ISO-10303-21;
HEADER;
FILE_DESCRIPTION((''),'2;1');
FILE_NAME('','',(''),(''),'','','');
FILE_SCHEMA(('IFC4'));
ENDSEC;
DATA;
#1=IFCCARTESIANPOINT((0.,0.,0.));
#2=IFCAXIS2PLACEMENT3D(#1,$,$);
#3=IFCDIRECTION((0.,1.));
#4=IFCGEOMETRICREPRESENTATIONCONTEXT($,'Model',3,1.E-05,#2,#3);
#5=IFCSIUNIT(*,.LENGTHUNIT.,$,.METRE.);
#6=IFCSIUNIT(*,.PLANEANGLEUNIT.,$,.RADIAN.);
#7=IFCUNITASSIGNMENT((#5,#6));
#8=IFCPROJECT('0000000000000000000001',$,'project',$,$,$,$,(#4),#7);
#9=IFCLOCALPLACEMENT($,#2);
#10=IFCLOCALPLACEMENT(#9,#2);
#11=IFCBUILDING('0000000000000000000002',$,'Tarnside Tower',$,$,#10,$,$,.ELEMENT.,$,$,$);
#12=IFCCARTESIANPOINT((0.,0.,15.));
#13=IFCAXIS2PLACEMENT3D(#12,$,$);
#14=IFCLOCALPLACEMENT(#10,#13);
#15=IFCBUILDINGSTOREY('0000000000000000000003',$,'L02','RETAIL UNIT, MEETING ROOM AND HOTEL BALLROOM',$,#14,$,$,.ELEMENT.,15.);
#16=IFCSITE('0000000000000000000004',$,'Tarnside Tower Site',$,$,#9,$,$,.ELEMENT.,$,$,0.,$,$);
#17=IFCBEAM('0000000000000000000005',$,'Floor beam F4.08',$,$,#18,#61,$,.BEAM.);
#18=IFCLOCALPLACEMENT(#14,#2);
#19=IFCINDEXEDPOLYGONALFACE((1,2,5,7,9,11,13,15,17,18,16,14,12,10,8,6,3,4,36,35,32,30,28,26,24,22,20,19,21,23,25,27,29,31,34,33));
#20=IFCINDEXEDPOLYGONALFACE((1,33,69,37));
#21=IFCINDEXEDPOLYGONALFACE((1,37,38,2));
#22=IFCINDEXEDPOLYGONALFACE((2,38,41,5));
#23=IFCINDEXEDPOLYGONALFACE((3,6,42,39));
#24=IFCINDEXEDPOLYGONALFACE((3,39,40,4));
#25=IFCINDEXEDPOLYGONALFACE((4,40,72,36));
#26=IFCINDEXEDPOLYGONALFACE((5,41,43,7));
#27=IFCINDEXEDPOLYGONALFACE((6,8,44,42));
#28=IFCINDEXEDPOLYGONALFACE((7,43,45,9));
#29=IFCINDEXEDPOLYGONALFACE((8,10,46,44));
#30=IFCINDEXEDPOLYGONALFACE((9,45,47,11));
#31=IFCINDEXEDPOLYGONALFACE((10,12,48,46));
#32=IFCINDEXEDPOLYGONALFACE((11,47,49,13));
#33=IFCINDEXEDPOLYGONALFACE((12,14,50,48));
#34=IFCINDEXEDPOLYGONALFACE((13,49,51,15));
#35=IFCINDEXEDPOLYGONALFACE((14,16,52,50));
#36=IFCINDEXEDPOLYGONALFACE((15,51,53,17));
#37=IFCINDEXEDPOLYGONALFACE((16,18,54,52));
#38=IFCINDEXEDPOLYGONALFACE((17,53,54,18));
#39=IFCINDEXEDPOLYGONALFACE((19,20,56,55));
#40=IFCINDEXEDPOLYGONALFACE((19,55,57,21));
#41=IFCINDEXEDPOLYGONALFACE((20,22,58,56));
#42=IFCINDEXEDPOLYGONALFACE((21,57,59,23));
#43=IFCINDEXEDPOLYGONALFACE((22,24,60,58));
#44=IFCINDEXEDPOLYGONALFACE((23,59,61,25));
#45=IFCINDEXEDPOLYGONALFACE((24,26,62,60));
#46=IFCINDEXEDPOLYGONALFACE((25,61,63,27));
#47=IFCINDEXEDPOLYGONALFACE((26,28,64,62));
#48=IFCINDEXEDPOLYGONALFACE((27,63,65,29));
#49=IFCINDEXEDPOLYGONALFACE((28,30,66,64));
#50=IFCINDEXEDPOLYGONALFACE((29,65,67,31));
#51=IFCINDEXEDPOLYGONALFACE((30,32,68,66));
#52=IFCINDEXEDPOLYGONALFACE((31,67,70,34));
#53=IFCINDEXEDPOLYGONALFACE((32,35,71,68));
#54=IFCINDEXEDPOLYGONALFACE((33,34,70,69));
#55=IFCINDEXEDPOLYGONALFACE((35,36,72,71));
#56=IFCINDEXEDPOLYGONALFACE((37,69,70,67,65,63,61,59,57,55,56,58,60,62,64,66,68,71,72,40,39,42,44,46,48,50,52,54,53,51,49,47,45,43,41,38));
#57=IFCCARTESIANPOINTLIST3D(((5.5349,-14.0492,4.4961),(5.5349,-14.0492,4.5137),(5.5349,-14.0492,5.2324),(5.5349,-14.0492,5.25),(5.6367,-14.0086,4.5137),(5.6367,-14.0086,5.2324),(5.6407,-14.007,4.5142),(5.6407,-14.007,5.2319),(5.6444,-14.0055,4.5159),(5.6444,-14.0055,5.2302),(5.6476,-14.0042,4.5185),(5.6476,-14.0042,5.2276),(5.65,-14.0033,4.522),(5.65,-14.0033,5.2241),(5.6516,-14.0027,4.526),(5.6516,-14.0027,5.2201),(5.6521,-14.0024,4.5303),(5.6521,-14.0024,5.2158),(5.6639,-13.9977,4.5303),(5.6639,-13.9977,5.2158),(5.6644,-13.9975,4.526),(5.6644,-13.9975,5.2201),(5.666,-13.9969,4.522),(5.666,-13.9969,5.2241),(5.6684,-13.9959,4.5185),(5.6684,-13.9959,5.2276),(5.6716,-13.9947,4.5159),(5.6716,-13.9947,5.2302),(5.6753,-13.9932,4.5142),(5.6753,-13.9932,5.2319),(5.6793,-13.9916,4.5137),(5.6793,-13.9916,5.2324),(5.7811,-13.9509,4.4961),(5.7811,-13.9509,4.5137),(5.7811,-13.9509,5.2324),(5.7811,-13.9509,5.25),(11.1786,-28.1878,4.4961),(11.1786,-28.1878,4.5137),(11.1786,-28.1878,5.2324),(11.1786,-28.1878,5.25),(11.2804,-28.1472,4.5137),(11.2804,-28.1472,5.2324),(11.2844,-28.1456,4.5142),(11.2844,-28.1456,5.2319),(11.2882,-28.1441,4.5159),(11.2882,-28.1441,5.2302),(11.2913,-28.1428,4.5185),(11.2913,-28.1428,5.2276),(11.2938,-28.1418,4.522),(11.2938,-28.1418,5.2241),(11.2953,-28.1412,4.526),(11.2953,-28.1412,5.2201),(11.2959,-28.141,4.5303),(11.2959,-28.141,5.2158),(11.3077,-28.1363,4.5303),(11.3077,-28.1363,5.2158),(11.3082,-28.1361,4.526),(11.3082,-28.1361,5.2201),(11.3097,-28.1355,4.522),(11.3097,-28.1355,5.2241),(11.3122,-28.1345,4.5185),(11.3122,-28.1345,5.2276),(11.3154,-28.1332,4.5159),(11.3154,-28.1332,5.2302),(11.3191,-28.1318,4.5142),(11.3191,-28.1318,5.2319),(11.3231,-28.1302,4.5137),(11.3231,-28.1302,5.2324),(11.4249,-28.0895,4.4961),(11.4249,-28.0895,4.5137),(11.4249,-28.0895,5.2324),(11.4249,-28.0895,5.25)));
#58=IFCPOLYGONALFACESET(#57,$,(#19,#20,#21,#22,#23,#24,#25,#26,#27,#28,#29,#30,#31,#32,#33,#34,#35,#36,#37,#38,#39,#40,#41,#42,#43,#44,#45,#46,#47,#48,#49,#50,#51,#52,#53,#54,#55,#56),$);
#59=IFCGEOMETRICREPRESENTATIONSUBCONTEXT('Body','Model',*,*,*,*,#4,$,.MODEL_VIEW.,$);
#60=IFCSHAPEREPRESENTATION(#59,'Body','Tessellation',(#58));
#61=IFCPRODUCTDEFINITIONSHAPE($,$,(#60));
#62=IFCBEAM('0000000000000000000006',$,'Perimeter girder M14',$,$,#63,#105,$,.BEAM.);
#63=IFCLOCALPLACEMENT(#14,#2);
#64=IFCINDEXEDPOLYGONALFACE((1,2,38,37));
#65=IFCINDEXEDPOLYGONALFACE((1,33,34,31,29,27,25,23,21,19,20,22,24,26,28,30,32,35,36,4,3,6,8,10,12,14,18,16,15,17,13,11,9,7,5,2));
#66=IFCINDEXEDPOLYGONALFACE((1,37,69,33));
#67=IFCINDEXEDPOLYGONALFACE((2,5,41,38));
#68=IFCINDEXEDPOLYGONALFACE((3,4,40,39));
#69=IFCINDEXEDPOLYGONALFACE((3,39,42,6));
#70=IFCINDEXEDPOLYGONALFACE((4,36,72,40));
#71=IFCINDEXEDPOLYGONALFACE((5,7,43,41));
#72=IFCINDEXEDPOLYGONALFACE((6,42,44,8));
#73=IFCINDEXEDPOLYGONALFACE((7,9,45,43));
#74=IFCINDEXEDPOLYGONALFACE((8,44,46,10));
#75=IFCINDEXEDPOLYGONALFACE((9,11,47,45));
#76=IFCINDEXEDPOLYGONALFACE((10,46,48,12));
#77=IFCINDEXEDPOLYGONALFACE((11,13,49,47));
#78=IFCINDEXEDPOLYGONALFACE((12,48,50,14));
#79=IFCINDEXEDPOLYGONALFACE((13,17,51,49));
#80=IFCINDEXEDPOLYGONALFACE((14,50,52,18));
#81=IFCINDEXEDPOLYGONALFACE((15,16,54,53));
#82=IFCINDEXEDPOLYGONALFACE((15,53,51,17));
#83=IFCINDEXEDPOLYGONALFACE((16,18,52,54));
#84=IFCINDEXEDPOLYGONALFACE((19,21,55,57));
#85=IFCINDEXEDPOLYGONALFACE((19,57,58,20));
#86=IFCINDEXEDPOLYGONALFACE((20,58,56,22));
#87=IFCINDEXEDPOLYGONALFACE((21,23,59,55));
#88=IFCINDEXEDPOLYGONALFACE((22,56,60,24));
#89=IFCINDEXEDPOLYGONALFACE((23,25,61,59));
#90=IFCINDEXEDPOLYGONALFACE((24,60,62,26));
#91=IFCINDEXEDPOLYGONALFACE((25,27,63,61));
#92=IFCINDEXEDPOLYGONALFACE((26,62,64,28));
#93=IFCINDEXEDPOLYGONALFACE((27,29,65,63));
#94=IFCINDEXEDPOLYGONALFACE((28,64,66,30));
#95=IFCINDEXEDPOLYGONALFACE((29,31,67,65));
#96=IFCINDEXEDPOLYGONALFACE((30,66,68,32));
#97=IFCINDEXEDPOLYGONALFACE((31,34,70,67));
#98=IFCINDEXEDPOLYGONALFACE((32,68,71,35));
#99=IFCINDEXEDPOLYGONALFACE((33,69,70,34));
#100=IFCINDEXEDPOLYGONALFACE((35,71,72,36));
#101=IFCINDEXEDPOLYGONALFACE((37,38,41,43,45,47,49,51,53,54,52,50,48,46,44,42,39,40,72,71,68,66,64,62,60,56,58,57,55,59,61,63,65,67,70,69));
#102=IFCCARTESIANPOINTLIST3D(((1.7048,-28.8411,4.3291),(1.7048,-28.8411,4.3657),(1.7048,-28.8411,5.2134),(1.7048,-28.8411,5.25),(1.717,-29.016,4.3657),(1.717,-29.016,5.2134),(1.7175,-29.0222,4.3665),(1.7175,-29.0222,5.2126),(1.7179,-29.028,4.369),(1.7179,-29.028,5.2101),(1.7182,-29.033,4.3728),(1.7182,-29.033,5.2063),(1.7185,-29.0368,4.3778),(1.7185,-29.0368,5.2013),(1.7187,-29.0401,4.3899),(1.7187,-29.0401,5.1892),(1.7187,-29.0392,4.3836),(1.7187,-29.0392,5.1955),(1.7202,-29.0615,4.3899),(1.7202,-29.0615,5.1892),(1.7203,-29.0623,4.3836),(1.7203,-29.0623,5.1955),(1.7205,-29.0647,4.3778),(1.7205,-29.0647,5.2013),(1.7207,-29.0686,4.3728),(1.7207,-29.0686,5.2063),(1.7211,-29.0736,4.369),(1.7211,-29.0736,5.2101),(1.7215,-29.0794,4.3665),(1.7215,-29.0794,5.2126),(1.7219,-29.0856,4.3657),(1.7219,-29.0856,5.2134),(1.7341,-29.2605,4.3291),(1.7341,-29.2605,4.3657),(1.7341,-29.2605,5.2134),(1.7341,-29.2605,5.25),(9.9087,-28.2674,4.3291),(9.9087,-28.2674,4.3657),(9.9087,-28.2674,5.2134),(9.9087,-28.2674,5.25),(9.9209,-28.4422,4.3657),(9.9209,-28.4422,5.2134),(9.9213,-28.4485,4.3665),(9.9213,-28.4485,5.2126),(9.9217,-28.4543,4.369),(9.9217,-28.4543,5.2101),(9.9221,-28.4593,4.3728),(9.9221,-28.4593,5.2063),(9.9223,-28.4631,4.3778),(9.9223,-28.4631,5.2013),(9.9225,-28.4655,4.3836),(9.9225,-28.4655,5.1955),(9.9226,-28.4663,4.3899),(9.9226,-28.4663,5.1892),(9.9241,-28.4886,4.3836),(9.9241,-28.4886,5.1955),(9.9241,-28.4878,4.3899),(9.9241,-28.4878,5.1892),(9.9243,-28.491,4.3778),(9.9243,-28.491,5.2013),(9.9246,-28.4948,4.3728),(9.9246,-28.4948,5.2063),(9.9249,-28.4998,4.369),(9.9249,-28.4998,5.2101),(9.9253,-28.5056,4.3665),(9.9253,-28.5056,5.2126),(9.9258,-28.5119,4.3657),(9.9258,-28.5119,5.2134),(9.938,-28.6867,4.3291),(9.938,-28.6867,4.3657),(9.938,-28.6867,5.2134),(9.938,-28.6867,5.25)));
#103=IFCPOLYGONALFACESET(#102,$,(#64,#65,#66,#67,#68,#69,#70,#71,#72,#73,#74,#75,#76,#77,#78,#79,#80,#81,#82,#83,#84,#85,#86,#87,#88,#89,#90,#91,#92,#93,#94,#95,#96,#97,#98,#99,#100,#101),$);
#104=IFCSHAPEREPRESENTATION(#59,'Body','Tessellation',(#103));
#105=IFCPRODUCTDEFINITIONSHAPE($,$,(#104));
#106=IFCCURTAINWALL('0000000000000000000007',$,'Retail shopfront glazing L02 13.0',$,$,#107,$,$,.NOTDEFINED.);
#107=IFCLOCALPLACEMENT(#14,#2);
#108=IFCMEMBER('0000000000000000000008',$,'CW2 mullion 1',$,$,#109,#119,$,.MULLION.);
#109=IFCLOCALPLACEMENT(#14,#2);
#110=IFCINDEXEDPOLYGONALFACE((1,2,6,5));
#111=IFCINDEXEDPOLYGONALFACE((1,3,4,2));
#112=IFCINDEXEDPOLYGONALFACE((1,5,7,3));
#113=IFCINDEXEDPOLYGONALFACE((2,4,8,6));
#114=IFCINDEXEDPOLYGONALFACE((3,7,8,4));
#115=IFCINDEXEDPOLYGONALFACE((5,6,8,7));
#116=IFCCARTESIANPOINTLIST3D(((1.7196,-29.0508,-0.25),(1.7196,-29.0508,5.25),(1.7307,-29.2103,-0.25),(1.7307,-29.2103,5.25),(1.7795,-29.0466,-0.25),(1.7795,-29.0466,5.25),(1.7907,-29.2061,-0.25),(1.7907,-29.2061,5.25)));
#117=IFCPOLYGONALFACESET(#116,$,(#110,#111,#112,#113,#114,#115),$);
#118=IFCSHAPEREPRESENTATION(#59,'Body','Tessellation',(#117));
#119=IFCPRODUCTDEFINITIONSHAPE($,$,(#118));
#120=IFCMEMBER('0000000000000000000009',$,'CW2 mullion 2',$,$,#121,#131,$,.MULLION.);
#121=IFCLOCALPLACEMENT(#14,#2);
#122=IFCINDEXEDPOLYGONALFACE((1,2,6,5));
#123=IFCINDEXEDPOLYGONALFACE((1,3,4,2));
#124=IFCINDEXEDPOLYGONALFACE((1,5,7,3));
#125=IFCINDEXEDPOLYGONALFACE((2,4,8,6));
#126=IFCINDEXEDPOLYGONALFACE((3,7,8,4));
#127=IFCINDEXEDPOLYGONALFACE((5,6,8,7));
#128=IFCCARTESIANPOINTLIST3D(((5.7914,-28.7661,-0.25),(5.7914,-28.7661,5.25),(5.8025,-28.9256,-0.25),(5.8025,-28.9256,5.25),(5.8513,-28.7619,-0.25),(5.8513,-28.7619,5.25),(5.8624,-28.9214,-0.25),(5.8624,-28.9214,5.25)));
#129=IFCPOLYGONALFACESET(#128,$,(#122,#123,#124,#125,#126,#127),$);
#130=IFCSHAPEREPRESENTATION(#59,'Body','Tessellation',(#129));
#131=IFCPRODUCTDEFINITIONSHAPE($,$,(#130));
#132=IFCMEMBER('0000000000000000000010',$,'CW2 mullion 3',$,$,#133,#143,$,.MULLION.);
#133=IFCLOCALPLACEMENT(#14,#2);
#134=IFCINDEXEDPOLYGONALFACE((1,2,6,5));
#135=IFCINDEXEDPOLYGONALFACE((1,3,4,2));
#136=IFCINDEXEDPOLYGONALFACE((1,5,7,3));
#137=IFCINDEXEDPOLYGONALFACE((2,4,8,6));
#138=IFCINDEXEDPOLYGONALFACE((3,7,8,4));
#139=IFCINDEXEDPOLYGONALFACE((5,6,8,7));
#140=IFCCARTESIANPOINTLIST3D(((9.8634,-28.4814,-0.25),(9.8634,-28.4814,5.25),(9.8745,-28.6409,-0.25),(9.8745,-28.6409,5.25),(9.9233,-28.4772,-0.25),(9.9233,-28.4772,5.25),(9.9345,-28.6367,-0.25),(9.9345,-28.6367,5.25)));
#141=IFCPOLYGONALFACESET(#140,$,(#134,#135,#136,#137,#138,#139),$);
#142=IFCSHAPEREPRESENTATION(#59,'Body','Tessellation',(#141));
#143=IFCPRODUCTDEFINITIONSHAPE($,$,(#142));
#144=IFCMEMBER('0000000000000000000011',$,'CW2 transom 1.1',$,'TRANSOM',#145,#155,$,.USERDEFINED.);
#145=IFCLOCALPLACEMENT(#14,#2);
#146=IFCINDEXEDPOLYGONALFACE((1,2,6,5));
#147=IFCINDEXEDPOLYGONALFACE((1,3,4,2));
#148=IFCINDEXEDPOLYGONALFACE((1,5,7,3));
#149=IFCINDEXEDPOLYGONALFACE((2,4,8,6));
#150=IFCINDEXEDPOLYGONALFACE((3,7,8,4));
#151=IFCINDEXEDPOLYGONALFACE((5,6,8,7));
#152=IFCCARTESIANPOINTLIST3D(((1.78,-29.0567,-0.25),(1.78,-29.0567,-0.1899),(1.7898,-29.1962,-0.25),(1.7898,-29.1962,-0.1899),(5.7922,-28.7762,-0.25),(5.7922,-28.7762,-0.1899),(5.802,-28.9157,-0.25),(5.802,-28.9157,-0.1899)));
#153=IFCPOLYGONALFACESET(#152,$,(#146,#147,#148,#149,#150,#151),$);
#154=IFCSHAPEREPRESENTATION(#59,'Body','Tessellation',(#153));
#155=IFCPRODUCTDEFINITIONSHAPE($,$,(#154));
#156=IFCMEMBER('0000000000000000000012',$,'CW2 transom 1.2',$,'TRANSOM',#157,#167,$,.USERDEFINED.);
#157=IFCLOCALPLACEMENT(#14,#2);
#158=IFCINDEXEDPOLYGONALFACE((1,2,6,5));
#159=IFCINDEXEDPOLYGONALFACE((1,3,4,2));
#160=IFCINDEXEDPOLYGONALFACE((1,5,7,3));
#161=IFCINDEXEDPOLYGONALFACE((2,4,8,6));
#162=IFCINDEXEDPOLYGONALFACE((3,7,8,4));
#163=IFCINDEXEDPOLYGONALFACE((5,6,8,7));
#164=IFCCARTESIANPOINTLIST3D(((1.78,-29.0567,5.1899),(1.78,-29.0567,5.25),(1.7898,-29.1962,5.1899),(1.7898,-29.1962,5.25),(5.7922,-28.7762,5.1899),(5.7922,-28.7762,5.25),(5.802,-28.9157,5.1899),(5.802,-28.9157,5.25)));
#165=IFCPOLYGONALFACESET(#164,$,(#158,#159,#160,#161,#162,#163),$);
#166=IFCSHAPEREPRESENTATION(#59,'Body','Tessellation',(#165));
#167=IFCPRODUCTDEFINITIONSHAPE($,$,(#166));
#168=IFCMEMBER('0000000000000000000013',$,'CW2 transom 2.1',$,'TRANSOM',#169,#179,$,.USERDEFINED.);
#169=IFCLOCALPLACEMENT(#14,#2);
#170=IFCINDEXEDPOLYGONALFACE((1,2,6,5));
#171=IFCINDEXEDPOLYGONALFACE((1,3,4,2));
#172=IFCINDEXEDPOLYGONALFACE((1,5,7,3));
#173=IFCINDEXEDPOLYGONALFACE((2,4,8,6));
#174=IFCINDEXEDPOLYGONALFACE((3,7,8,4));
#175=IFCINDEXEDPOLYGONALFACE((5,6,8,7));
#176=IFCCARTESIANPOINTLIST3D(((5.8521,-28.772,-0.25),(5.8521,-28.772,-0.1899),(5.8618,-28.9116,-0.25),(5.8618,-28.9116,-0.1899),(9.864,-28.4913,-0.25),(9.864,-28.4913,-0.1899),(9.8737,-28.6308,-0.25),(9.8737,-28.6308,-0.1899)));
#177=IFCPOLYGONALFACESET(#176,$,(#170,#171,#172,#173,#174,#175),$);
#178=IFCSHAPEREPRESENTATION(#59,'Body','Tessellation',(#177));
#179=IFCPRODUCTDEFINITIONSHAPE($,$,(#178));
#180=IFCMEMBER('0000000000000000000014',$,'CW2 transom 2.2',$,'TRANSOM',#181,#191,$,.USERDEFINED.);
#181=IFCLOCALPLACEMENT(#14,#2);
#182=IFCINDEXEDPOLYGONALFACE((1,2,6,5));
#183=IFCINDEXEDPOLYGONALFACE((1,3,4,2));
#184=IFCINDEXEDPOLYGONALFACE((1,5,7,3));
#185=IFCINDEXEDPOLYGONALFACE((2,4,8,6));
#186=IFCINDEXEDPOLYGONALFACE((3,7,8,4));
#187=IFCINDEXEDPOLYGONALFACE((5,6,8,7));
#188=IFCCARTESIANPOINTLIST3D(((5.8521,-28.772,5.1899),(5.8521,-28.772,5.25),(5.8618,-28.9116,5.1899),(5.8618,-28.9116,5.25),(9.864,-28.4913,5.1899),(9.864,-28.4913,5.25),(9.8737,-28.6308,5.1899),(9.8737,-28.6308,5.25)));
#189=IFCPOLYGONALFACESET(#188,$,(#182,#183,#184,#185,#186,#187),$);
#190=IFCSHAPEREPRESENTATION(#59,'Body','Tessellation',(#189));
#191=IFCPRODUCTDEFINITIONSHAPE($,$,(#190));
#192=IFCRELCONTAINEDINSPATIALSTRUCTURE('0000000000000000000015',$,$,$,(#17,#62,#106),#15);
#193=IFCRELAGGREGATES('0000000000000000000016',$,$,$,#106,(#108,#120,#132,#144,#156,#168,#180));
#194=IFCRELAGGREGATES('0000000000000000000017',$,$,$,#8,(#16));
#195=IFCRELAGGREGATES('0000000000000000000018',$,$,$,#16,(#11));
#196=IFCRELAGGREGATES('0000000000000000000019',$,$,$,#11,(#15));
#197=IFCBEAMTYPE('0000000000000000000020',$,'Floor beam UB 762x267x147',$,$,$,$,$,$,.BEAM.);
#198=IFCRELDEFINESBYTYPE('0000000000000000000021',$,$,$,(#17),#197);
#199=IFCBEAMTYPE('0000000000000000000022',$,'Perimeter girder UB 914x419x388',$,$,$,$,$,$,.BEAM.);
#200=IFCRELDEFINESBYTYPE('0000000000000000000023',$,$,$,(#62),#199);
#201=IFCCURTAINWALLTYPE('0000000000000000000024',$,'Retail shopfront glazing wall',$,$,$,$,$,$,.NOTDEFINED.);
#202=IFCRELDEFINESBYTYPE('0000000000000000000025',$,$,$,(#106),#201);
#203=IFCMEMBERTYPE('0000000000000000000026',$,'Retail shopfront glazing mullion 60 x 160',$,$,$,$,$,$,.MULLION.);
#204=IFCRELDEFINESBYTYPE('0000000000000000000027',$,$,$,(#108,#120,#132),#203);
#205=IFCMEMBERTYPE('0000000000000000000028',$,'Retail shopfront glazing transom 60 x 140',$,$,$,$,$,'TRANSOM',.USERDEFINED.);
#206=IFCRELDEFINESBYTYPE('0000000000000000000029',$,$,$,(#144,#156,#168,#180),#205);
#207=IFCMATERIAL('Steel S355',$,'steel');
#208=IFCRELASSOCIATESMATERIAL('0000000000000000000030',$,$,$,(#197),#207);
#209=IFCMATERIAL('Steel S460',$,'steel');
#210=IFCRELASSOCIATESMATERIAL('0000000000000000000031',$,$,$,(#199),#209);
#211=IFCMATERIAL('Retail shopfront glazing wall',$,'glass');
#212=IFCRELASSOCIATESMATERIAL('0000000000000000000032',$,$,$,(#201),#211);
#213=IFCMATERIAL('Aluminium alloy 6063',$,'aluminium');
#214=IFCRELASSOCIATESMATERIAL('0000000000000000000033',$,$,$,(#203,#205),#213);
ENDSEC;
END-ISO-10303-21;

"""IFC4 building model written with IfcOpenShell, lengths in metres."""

from ifc_helpers import new_model, si_unit, direction, frame, origin, origin_2d, place, context, subcontext, project, spatial, rectangle, i_section, extrude, material, material_profile, profile_set, type_object, element, aggregate, save


model = new_model("IFC4")

# Units and contexts
model_context = context("Model", 3, precision=1e-05, world=origin(), true_north=direction((0.0, 1.0)))
body_context = subcontext(model_context, "Body", "Model", "MODEL_VIEW")
ifc_project = project(units=[si_unit("LENGTHUNIT", "METRE"), si_unit("PLANEANGLEUNIT", "RADIAN")], contexts=[model_context])

# Site, building, storey
site_placement = place(None, origin())
site = spatial("IfcSite", under=ifc_project, at=site_placement, Name="Tarnside Tower Site", CompositionType="ELEMENT", RefElevation=0.0)
building_placement = place(site_placement, origin())
building = spatial("IfcBuilding", under=site, at=building_placement, Name="Tarnside Tower", CompositionType="ELEMENT")
storey_placement = place(building_placement, frame((0.0, 0.0, 15.0)))
storey = spatial("IfcBuildingStorey", under=building, at=storey_placement, Name="L02", Description="RETAIL UNIT, MEETING ROOM AND HOTEL BALLROOM", CompositionType="ELEMENT", Elevation=15.0)

# Beams
ifc_material_1 = material(Name="Steel S355", Category="steel")
ifc_material_profile_1 = material_profile(ifc_material_1, i_section(OverallWidth=0.2651, OverallDepth=0.7539, WebThickness=0.0127, FlangeThickness=0.0176, FilletRadius=0.0166, at=origin_2d()), Name="UB 762x267x147")
ifc_profile_set_1 = profile_set([ifc_material_profile_1], Name="Steel S355")
beam_type_1 = type_object("IfcBeamType", Name="Floor beam UB 762x267x147", PredefinedType="BEAM", material=ifc_profile_set_1)
beam_1_placement = place(storey_placement, frame((11.3018, -28.1387, 4.873), z_axis=(-0.37073, 0.928741, 0.0), x_axis=(-0.928741, -0.37073, 0.0)))
element("IfcBeam", 1, at=beam_1_placement, inside=storey, type_object=beam_type_1, Name="Floor beam F4.08", PredefinedType="BEAM", context=body_context, shape_type="SweptSolid", body=[
    extrude(i_section(OverallWidth=0.2651, OverallDepth=0.7539, WebThickness=0.0127, FlangeThickness=0.0176, FilletRadius=0.0166, at=origin_2d()), origin(), (0.0, 0.0, 1.0), 15.2234),
])
ifc_material_2 = material(Name="Steel S460", Category="steel")
ifc_material_profile_2 = material_profile(ifc_material_2, i_section(OverallWidth=0.4204, OverallDepth=0.9209, WebThickness=0.0215, FlangeThickness=0.0366, FilletRadius=0.0242, at=origin_2d()), Name="UB 914x419x388")
ifc_profile_set_2 = profile_set([ifc_material_profile_2], Name="Steel S460")
beam_type_2 = type_object("IfcBeamType", Name="Perimeter girder UB 914x419x388", PredefinedType="BEAM", material=ifc_profile_set_2)
beam_2_placement = place(storey_placement, frame((1.7195, -29.0508, 4.7896), z_axis=(0.997564, 0.069764, 0.0), x_axis=(-0.069764, 0.997564, 0.0)))
element("IfcBeam", 2, at=beam_2_placement, inside=storey, type_object=beam_type_2, Name="Perimeter girder M14", PredefinedType="BEAM", context=body_context, shape_type="SweptSolid", body=[
    extrude(i_section(OverallWidth=0.4204, OverallDepth=0.9209, WebThickness=0.0215, FlangeThickness=0.0366, FilletRadius=0.0242, at=origin_2d()), origin(), (0.0, 0.0, 1.0), 8.2239),
])

# Curtain wall, members
ifc_material_3 = material(Name="Retail shopfront glazing wall", Category="glass")
curtain_wall_type = type_object("IfcCurtainWallType", Name="Retail shopfront glazing wall", PredefinedType="NOTDEFINED", material=ifc_material_3)
curtain_wall_placement = place(storey_placement, origin())
curtain_wall = element("IfcCurtainWall", 3, at=curtain_wall_placement, inside=storey, type_object=curtain_wall_type, Name="Retail shopfront glazing L02 13.0", PredefinedType="NOTDEFINED")
ifc_material_4 = material(Name="Aluminium alloy 6063", Category="aluminium")
ifc_material_profile_3 = material_profile(ifc_material_4, rectangle(XDim=0.1599, YDim=0.0601, at=origin_2d()), Name="Retail shopfront glazing mullion 60 x 160")
ifc_profile_set_3 = profile_set([ifc_material_profile_3], Name="Aluminium alloy 6063")
member_type_1 = type_object("IfcMemberType", Name="Retail shopfront glazing mullion 60 x 160", PredefinedType="MULLION", material=ifc_profile_set_3)
member_1_placement = place(storey_placement, frame((1.7551, -29.1284, -0.25), z_axis=(0.0, 0.0, 1.0), x_axis=(-0.069756, 0.997564, 0.0)))
member_1 = element("IfcMember", 4, at=member_1_placement, type_object=member_type_1, Name="CW2 mullion 1", PredefinedType="MULLION", context=body_context, shape_type="SweptSolid", body=[
    extrude(rectangle(XDim=0.1599, YDim=0.0601, at=origin_2d()), origin(), (0.0, 0.0, 1.0), 5.5),
])
member_2_placement = place(storey_placement, frame((5.8269, -28.8438, -0.25), z_axis=(0.0, 0.0, 1.0), x_axis=(-0.069756, 0.997564, 0.0)))
member_2 = element("IfcMember", 5, at=member_2_placement, type_object=member_type_1, Name="CW2 mullion 2", PredefinedType="MULLION", context=body_context, shape_type="SweptSolid", body=[
    extrude(rectangle(XDim=0.1599, YDim=0.0601, at=origin_2d()), origin(), (0.0, 0.0, 1.0), 5.5),
])
member_3_placement = place(storey_placement, frame((9.8989, -28.5591, -0.25), z_axis=(0.0, 0.0, 1.0), x_axis=(-0.069756, 0.997564, 0.0)))
member_3 = element("IfcMember", 6, at=member_3_placement, type_object=member_type_1, Name="CW2 mullion 3", PredefinedType="MULLION", context=body_context, shape_type="SweptSolid", body=[
    extrude(rectangle(XDim=0.1599, YDim=0.0601, at=origin_2d()), origin(), (0.0, 0.0, 1.0), 5.5),
])
ifc_material_profile_4 = material_profile(ifc_material_4, rectangle(XDim=0.1399, YDim=0.0601, at=origin_2d()), Name="Retail shopfront glazing transom 60 x 140")
ifc_profile_set_4 = profile_set([ifc_material_profile_4], Name="Aluminium alloy 6063")
member_type_2 = type_object("IfcMemberType", Name="Retail shopfront glazing transom 60 x 140", ElementType="TRANSOM", PredefinedType="USERDEFINED", material=ifc_profile_set_4)
member_4_placement = place(storey_placement, frame((1.7849, -29.1265, -0.22), z_axis=(0.997565, 0.069746, 0.0), x_axis=(-0.069746, 0.997565, 0.0)))
member_4 = element("IfcMember", 7, at=member_4_placement, type_object=member_type_2, Name="CW2 transom 1.1", ObjectType="TRANSOM", PredefinedType="USERDEFINED", context=body_context, shape_type="SweptSolid", body=[
    extrude(rectangle(XDim=0.1399, YDim=0.0601, at=origin_2d()), origin(), (0.0, 0.0, 1.0), 4.022),
])
member_5_placement = place(storey_placement, frame((1.7849, -29.1265, 5.22), z_axis=(0.997565, 0.069746, 0.0), x_axis=(-0.069746, 0.997565, 0.0)))
member_5 = element("IfcMember", 8, at=member_5_placement, type_object=member_type_2, Name="CW2 transom 1.2", ObjectType="TRANSOM", PredefinedType="USERDEFINED", context=body_context, shape_type="SweptSolid", body=[
    extrude(rectangle(XDim=0.1399, YDim=0.0601, at=origin_2d()), origin(), (0.0, 0.0, 1.0), 4.022),
])
member_6_placement = place(storey_placement, frame((5.8569, -28.8418, -0.22), z_axis=(0.99756, 0.06981, 0.0), x_axis=(-0.06981, 0.99756, 0.0)))
member_6 = element("IfcMember", 9, at=member_6_placement, type_object=member_type_2, Name="CW2 transom 2.1", ObjectType="TRANSOM", PredefinedType="USERDEFINED", context=body_context, shape_type="SweptSolid", body=[
    extrude(rectangle(XDim=0.1399, YDim=0.0601, at=origin_2d()), origin(), (0.0, 0.0, 1.0), 4.0217),
])
member_7_placement = place(storey_placement, frame((5.8569, -28.8418, 5.22), z_axis=(0.99756, 0.06981, 0.0), x_axis=(-0.06981, 0.99756, 0.0)))
member_7 = element("IfcMember", 10, at=member_7_placement, type_object=member_type_2, Name="CW2 transom 2.2", ObjectType="TRANSOM", PredefinedType="USERDEFINED", context=body_context, shape_type="SweptSolid", body=[
    extrude(rectangle(XDim=0.1399, YDim=0.0601, at=origin_2d()), origin(), (0.0, 0.0, 1.0), 4.0217),
])
aggregate(curtain_wall, [member_1, member_2, member_3, member_4, member_5, member_6, member_7])

save(model, "model.ifc")
